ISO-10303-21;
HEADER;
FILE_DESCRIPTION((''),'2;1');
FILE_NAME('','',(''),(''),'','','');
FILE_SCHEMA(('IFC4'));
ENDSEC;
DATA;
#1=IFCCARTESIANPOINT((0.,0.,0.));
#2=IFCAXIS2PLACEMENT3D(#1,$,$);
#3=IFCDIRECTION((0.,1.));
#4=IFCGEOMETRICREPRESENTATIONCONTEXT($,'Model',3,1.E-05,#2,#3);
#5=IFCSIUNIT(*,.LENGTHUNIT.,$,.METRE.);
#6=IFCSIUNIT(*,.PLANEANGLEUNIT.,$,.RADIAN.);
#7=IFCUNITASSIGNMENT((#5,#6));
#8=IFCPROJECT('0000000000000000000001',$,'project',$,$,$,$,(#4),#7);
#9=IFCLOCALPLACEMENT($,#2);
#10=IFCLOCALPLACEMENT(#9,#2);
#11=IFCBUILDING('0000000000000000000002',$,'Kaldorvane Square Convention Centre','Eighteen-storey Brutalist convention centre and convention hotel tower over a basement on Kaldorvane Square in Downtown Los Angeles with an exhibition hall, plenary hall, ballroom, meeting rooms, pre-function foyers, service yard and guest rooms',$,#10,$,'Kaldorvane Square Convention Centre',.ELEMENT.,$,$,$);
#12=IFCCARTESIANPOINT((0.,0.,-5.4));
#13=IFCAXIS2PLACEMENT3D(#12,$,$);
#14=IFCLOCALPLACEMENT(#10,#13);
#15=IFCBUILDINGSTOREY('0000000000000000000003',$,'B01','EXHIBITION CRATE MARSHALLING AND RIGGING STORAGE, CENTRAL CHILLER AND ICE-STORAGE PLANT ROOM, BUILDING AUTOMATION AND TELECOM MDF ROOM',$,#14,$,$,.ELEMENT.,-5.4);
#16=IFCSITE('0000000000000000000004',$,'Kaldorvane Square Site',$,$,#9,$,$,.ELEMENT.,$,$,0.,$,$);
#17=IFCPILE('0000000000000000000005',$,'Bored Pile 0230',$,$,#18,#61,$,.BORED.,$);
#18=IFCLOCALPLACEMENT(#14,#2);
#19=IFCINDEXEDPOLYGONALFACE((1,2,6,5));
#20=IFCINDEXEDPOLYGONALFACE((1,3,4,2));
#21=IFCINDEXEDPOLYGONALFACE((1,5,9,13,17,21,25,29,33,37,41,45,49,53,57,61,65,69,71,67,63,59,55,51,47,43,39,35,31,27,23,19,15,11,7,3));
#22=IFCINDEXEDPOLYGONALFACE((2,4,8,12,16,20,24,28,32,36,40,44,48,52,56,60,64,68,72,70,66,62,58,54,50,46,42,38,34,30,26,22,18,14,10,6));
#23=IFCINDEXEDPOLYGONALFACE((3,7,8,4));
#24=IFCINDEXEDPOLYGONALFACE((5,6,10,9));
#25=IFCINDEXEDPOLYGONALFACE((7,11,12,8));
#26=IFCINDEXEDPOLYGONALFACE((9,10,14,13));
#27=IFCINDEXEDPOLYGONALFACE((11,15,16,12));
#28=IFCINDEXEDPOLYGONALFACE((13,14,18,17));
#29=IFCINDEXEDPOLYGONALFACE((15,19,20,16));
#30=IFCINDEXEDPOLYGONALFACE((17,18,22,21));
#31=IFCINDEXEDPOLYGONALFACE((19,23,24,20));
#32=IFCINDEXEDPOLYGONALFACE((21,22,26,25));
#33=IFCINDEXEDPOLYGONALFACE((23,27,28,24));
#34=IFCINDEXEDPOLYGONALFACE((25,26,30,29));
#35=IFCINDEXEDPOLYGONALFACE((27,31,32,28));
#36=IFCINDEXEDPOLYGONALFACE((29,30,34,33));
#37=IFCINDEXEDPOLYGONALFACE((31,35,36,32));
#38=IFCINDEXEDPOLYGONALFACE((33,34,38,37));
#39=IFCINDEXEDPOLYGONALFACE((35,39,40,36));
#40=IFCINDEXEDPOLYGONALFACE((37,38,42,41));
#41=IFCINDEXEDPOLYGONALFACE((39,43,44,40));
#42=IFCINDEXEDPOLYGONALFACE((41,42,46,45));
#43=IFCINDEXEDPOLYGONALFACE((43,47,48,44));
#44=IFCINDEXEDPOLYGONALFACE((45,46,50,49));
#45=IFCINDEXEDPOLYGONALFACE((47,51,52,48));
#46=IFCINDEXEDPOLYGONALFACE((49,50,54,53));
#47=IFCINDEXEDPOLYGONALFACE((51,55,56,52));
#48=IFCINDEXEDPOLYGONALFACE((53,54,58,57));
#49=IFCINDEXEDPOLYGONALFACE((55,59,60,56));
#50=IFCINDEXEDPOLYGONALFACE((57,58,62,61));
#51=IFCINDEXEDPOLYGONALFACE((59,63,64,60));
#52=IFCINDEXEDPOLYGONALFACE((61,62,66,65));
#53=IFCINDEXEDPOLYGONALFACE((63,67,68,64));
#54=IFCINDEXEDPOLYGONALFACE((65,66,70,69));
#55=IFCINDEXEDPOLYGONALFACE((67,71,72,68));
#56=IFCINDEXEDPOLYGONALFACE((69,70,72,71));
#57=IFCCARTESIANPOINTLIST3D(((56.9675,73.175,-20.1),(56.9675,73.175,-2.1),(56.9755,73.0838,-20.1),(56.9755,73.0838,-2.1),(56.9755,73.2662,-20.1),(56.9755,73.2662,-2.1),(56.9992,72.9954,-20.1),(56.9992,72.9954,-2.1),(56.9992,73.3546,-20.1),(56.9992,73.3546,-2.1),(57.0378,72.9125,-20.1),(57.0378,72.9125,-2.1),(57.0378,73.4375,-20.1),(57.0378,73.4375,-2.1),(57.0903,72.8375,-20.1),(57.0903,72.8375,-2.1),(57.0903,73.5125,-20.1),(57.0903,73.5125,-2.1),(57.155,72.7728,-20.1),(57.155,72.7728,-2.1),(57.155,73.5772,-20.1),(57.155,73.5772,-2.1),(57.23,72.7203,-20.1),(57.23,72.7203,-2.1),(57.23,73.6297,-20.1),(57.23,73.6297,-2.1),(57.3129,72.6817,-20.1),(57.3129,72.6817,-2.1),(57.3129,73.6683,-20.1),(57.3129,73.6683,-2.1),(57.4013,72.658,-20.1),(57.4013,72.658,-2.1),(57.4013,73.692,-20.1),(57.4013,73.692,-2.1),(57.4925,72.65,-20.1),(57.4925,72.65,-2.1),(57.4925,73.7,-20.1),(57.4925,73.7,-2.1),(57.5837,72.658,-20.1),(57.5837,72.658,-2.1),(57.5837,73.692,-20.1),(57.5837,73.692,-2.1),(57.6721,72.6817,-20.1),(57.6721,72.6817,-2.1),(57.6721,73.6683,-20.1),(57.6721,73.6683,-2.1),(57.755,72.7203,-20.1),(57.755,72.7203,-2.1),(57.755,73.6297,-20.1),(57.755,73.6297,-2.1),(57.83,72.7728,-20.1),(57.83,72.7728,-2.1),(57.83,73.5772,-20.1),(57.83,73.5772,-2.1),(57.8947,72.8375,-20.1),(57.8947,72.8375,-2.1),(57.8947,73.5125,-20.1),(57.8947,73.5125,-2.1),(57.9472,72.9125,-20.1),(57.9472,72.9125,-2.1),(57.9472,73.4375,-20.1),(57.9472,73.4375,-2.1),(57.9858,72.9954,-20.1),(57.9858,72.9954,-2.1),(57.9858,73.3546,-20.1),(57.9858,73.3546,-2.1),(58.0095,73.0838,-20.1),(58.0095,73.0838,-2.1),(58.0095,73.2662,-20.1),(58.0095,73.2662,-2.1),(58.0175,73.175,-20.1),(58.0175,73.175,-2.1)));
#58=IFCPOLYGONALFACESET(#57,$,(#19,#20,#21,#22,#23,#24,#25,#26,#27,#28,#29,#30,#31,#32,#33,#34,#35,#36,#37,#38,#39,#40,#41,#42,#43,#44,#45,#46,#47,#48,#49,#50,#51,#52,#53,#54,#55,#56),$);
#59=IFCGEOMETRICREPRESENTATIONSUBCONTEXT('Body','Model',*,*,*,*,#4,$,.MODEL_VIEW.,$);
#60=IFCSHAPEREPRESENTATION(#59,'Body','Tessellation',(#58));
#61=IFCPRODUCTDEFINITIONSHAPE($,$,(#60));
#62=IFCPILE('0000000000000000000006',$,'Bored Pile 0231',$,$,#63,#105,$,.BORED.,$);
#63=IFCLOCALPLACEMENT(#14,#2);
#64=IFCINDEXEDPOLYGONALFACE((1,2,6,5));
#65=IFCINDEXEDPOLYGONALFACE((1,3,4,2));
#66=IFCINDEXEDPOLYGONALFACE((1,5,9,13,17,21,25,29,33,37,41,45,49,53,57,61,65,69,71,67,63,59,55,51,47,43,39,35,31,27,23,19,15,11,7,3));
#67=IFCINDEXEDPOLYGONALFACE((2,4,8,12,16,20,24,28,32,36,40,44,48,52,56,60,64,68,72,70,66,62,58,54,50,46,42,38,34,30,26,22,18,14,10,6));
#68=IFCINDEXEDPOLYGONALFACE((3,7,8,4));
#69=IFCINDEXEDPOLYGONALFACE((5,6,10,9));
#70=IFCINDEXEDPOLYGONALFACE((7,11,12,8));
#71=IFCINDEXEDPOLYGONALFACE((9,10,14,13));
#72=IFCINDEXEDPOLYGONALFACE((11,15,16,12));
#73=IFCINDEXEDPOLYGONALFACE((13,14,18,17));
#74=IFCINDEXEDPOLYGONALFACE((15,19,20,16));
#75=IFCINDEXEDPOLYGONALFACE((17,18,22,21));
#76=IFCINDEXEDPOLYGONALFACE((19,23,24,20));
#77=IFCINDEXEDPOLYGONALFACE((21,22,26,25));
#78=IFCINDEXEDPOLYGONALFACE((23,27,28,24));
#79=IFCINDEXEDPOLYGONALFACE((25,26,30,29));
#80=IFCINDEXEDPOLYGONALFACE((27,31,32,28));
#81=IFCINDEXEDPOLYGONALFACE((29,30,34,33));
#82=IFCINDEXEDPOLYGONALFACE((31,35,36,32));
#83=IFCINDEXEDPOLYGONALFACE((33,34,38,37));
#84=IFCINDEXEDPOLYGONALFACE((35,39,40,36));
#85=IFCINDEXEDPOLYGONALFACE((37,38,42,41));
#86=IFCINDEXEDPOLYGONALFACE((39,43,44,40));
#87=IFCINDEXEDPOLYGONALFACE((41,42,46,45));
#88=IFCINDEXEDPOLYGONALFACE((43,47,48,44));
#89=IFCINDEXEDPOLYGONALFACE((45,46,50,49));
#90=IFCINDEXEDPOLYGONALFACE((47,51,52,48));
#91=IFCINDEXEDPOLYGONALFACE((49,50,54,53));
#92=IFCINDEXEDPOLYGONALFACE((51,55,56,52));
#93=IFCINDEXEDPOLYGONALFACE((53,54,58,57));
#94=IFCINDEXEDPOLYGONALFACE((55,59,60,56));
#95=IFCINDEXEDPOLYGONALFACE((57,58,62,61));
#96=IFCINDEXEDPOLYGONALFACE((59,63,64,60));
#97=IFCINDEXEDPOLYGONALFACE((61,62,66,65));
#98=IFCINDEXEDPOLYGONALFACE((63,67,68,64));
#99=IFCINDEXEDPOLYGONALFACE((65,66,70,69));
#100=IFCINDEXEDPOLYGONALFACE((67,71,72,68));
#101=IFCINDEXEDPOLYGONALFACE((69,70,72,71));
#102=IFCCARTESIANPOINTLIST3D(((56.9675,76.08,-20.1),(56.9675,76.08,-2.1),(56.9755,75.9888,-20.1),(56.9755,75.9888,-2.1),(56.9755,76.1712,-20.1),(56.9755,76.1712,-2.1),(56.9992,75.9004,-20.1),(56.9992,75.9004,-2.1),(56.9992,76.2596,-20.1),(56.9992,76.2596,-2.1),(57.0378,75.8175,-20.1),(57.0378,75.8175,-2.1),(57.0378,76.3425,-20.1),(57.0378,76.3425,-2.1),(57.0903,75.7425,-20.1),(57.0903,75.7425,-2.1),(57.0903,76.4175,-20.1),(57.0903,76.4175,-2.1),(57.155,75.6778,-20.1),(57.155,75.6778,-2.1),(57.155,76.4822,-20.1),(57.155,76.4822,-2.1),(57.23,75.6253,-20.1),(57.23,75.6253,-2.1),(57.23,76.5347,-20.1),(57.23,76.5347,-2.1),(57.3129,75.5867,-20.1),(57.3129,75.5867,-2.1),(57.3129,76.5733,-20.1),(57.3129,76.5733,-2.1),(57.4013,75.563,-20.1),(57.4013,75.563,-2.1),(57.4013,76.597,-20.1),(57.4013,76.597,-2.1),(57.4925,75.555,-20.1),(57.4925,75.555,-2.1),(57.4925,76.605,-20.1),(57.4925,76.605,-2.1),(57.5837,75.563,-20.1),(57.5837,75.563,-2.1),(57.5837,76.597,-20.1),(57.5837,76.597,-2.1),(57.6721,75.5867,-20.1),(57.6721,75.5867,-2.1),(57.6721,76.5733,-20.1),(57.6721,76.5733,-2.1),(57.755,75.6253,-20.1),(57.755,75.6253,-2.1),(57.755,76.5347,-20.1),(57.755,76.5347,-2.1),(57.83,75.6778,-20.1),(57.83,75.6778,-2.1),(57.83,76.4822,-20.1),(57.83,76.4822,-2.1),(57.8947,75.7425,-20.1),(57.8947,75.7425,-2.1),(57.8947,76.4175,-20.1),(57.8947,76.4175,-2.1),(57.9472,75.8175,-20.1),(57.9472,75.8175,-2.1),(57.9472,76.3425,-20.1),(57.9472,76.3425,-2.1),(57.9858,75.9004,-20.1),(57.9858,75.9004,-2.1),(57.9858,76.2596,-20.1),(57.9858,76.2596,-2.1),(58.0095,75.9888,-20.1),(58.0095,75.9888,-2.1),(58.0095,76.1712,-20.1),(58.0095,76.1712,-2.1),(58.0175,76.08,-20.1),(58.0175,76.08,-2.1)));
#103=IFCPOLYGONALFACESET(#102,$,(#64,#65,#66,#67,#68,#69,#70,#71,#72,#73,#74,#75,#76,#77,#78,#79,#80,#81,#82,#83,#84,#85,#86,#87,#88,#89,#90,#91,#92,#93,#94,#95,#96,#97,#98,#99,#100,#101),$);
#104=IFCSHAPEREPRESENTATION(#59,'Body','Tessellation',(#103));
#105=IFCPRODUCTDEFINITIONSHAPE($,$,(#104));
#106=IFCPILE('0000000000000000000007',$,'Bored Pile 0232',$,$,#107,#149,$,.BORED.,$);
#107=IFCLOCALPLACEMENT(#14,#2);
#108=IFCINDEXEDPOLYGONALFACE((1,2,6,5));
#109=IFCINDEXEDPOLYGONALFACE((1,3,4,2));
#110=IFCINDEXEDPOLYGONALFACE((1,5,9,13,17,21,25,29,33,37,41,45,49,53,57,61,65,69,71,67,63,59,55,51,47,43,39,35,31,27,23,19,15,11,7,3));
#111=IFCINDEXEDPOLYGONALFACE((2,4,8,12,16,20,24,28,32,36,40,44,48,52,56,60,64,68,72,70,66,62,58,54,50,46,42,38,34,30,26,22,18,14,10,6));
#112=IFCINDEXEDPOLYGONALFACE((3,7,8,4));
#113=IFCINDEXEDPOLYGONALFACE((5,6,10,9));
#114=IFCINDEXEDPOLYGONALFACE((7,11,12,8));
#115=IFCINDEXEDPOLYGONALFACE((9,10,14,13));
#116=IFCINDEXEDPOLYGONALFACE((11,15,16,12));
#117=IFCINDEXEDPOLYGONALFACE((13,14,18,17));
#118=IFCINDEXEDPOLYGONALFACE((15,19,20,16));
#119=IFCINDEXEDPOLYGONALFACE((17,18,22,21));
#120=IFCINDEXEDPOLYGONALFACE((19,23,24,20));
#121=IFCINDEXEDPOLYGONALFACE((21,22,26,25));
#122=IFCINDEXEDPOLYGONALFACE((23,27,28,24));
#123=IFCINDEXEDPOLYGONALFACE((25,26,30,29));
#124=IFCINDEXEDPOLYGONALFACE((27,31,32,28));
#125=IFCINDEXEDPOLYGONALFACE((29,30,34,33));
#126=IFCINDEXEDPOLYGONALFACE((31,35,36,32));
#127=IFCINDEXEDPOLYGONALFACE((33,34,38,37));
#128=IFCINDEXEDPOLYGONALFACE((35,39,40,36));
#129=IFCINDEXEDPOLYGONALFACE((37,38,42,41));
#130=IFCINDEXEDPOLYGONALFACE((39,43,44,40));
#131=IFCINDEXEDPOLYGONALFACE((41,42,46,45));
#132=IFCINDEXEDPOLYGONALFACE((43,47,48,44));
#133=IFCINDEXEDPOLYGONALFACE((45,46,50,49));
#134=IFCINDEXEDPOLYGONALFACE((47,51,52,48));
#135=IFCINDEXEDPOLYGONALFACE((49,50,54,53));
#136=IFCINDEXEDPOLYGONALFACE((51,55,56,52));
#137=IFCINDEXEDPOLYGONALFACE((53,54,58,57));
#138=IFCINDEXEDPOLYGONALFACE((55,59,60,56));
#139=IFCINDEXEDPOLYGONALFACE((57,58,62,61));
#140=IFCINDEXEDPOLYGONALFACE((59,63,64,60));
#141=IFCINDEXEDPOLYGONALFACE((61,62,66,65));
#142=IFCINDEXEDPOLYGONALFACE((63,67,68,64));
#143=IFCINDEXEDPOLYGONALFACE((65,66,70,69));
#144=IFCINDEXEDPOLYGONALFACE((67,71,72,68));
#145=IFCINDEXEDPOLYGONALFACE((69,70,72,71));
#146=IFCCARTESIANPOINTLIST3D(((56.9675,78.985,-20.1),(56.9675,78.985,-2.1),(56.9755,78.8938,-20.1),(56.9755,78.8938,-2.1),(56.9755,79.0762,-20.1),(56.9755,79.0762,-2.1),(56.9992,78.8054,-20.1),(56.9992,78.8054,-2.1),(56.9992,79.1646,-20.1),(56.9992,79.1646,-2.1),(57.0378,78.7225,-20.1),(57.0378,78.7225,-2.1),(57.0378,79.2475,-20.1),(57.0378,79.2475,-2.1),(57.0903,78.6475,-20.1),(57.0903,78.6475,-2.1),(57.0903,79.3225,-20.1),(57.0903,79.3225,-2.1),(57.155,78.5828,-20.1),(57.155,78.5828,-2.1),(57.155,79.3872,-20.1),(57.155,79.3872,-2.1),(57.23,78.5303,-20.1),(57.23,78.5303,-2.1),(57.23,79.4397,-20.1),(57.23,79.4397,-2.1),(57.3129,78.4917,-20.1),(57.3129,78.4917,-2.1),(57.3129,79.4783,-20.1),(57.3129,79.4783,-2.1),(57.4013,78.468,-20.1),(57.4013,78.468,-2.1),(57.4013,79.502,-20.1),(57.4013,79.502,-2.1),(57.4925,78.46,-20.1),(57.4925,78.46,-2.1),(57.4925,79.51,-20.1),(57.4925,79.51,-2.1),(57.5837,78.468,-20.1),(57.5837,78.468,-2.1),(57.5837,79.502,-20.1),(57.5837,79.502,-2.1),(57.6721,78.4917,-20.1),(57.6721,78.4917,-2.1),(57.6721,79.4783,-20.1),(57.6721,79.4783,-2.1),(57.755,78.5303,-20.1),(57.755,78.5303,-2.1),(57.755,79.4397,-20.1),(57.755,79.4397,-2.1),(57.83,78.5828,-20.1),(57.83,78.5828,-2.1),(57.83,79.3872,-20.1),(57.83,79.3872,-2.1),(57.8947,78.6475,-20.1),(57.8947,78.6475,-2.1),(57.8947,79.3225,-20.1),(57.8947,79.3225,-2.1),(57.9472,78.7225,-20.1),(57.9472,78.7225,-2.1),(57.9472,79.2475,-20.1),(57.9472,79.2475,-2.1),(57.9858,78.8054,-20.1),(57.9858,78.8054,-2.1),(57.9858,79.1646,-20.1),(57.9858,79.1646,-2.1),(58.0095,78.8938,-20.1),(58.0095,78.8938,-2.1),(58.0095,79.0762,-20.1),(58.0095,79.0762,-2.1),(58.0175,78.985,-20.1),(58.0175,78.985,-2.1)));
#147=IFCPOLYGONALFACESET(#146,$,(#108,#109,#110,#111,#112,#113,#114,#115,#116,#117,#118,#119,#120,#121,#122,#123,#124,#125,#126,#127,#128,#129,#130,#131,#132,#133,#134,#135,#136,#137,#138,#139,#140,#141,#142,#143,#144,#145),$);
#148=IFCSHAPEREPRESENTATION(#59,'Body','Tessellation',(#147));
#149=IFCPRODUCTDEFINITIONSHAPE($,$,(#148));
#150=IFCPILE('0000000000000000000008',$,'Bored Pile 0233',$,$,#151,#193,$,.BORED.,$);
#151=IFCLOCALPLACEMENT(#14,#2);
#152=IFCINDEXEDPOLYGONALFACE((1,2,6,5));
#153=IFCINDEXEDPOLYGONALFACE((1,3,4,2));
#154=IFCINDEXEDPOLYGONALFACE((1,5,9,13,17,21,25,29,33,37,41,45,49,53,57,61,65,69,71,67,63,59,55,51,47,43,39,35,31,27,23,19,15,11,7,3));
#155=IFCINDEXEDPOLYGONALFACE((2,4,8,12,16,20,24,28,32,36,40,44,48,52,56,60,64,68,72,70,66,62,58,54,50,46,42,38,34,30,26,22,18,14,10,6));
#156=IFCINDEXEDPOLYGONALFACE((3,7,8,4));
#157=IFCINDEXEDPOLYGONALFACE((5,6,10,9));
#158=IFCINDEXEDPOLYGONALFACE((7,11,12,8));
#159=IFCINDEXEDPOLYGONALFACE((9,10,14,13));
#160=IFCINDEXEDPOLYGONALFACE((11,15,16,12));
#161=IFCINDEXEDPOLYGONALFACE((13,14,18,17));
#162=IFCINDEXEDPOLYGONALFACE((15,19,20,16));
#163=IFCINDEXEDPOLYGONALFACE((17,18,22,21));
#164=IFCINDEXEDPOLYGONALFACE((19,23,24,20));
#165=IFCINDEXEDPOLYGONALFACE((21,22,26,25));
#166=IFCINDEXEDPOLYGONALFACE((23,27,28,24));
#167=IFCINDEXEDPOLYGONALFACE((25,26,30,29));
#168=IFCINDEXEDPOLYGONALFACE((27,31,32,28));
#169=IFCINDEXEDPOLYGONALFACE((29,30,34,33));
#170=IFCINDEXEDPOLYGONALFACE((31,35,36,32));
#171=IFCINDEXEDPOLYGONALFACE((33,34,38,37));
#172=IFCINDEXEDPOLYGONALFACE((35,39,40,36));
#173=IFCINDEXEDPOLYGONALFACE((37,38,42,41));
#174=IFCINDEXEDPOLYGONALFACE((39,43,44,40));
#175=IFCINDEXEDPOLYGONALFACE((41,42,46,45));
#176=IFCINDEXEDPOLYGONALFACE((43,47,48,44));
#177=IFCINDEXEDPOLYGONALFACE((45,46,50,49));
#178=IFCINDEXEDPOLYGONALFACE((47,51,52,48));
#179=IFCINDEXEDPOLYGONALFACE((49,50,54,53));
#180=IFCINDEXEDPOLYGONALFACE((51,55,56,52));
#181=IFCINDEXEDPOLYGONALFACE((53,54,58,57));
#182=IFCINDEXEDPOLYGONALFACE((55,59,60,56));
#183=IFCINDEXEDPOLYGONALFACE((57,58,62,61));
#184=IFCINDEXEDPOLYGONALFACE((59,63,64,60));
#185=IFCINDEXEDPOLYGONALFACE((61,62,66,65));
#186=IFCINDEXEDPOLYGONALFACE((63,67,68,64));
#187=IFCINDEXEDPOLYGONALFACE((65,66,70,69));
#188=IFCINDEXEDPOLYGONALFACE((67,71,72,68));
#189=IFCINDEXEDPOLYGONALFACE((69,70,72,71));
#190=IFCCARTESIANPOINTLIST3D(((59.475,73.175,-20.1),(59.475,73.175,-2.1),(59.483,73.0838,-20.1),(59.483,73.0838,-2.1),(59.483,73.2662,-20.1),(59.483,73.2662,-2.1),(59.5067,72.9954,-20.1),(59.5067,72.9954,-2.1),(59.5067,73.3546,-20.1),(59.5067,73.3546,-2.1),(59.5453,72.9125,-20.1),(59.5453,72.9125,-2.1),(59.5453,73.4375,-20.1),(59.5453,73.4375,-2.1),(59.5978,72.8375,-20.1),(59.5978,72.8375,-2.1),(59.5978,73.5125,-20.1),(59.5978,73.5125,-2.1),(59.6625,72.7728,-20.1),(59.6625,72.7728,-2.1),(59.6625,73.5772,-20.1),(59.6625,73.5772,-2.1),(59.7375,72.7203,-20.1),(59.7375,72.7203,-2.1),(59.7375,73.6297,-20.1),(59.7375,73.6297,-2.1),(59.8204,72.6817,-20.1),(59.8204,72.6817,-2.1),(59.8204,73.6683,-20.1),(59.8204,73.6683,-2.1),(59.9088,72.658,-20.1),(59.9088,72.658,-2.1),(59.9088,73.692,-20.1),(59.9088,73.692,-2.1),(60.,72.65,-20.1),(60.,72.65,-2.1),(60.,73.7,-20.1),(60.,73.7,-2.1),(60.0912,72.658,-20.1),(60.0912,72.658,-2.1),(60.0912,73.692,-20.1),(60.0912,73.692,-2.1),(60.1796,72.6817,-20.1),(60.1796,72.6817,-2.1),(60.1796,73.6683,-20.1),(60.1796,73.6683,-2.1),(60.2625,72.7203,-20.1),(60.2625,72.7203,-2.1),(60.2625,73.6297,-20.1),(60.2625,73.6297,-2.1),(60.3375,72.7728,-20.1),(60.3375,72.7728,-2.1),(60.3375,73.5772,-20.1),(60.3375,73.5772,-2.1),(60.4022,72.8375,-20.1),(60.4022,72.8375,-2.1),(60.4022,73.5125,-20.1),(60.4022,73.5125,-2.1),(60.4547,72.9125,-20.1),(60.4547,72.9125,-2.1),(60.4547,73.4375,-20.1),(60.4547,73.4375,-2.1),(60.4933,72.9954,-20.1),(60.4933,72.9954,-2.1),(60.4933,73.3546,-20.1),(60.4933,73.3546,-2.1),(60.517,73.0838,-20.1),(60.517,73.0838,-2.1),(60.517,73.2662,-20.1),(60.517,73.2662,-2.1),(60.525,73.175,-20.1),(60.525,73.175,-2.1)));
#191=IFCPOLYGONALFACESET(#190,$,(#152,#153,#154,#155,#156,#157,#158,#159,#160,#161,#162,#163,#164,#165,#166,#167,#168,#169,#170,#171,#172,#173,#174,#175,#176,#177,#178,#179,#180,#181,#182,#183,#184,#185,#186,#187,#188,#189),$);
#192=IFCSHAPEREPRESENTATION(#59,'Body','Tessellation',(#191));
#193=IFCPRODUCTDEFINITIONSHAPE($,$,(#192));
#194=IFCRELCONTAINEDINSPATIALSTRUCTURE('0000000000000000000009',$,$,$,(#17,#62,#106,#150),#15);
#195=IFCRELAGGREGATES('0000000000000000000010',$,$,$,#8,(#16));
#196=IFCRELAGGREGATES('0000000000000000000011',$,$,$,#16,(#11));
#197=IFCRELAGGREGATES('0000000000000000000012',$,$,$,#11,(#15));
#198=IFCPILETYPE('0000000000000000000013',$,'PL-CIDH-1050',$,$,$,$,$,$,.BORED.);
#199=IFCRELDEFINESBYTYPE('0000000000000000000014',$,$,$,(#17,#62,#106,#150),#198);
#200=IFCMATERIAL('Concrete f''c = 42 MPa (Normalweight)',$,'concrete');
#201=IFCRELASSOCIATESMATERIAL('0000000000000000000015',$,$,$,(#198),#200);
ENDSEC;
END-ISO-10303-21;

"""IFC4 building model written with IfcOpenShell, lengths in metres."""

from ifc_helpers import new_model, si_unit, direction, frame, origin, origin_2d, place, context, subcontext, project, spatial, circle, extrude, material, material_profile, profile_set, type_object, element, save


model = new_model("IFC4")

# Units and contexts
model_context = context("Model", 3, precision=1e-05, world=origin(), true_north=direction((0.0, 1.0)))
body_context = subcontext(model_context, "Body", "Model", "MODEL_VIEW")
ifc_project = project(units=[si_unit("LENGTHUNIT", "METRE"), si_unit("PLANEANGLEUNIT", "RADIAN")], contexts=[model_context])

# Site, building, storey
site_placement = place(None, origin())
site = spatial("IfcSite", under=ifc_project, at=site_placement, Name="Kaldorvane Square Site", CompositionType="ELEMENT", RefElevation=0.0)
building_placement = place(site_placement, origin())
building = spatial("IfcBuilding", under=site, at=building_placement, Name="Kaldorvane Square Convention Centre", Description="Eighteen-storey Brutalist convention centre and convention hotel tower over a basement on Kaldorvane Square in Downtown Los Angeles with an exhibition hall, plenary hall, ballroom, meeting rooms, pre-function foyers, service yard and guest rooms", LongName="Kaldorvane Square Convention Centre", CompositionType="ELEMENT")
storey_placement = place(building_placement, frame((0.0, 0.0, -5.4)))
storey = spatial("IfcBuildingStorey", under=building, at=storey_placement, Name="B01", Description="EXHIBITION CRATE MARSHALLING AND RIGGING STORAGE, CENTRAL CHILLER AND ICE-STORAGE PLANT ROOM, BUILDING AUTOMATION AND TELECOM MDF ROOM", CompositionType="ELEMENT", Elevation=-5.4)

# Shared definitions
ifc_material_1 = material(Name="Concrete f'c = 42 MPa (Normalweight)", Category="concrete")

# Piles
ifc_material_profile_1 = material_profile(ifc_material_1, circle(Radius=0.525, at=origin_2d()), Name="PILE-D1050")
ifc_profile_set_1 = profile_set([ifc_material_profile_1], Name="Concrete f'c = 42 MPa (Normalweight)")
pile_type_1 = type_object("IfcPileType", Name="PL-CIDH-1050", PredefinedType="BORED", material=ifc_profile_set_1)
for number, where, z_axis, x_axis, name in (
    (1, (57.4925, 73.175, -2.1), (0.0, 0.0, -1.0), (1.0, 0.0, 0.0), "Bored Pile 0230"),
    (2, (57.4925, 76.08, -2.1), (0.0, 0.0, -1.0), (1.0, 0.0, 0.0), "Bored Pile 0231"),
    (3, (57.4925, 78.985, -2.1), (0.0, 0.0, -1.0), (1.0, 0.0, 0.0), "Bored Pile 0232"),
    (4, (60.0, 73.175, -2.1), (0.0, 0.0, -1.0), (1.0, 0.0, 0.0), "Bored Pile 0233"),
):
    element("IfcPile", number, at=place(storey_placement, frame(where, z_axis=z_axis, x_axis=x_axis)), inside=storey, type_object=pile_type_1, Name=name, PredefinedType="BORED", context=body_context, shape_type="SweptSolid", body=[
        extrude(circle(Radius=0.525, at=origin_2d()), origin(), (0.0, 0.0, 1.0), 18.0),
    ])

save(model, "model.ifc")
